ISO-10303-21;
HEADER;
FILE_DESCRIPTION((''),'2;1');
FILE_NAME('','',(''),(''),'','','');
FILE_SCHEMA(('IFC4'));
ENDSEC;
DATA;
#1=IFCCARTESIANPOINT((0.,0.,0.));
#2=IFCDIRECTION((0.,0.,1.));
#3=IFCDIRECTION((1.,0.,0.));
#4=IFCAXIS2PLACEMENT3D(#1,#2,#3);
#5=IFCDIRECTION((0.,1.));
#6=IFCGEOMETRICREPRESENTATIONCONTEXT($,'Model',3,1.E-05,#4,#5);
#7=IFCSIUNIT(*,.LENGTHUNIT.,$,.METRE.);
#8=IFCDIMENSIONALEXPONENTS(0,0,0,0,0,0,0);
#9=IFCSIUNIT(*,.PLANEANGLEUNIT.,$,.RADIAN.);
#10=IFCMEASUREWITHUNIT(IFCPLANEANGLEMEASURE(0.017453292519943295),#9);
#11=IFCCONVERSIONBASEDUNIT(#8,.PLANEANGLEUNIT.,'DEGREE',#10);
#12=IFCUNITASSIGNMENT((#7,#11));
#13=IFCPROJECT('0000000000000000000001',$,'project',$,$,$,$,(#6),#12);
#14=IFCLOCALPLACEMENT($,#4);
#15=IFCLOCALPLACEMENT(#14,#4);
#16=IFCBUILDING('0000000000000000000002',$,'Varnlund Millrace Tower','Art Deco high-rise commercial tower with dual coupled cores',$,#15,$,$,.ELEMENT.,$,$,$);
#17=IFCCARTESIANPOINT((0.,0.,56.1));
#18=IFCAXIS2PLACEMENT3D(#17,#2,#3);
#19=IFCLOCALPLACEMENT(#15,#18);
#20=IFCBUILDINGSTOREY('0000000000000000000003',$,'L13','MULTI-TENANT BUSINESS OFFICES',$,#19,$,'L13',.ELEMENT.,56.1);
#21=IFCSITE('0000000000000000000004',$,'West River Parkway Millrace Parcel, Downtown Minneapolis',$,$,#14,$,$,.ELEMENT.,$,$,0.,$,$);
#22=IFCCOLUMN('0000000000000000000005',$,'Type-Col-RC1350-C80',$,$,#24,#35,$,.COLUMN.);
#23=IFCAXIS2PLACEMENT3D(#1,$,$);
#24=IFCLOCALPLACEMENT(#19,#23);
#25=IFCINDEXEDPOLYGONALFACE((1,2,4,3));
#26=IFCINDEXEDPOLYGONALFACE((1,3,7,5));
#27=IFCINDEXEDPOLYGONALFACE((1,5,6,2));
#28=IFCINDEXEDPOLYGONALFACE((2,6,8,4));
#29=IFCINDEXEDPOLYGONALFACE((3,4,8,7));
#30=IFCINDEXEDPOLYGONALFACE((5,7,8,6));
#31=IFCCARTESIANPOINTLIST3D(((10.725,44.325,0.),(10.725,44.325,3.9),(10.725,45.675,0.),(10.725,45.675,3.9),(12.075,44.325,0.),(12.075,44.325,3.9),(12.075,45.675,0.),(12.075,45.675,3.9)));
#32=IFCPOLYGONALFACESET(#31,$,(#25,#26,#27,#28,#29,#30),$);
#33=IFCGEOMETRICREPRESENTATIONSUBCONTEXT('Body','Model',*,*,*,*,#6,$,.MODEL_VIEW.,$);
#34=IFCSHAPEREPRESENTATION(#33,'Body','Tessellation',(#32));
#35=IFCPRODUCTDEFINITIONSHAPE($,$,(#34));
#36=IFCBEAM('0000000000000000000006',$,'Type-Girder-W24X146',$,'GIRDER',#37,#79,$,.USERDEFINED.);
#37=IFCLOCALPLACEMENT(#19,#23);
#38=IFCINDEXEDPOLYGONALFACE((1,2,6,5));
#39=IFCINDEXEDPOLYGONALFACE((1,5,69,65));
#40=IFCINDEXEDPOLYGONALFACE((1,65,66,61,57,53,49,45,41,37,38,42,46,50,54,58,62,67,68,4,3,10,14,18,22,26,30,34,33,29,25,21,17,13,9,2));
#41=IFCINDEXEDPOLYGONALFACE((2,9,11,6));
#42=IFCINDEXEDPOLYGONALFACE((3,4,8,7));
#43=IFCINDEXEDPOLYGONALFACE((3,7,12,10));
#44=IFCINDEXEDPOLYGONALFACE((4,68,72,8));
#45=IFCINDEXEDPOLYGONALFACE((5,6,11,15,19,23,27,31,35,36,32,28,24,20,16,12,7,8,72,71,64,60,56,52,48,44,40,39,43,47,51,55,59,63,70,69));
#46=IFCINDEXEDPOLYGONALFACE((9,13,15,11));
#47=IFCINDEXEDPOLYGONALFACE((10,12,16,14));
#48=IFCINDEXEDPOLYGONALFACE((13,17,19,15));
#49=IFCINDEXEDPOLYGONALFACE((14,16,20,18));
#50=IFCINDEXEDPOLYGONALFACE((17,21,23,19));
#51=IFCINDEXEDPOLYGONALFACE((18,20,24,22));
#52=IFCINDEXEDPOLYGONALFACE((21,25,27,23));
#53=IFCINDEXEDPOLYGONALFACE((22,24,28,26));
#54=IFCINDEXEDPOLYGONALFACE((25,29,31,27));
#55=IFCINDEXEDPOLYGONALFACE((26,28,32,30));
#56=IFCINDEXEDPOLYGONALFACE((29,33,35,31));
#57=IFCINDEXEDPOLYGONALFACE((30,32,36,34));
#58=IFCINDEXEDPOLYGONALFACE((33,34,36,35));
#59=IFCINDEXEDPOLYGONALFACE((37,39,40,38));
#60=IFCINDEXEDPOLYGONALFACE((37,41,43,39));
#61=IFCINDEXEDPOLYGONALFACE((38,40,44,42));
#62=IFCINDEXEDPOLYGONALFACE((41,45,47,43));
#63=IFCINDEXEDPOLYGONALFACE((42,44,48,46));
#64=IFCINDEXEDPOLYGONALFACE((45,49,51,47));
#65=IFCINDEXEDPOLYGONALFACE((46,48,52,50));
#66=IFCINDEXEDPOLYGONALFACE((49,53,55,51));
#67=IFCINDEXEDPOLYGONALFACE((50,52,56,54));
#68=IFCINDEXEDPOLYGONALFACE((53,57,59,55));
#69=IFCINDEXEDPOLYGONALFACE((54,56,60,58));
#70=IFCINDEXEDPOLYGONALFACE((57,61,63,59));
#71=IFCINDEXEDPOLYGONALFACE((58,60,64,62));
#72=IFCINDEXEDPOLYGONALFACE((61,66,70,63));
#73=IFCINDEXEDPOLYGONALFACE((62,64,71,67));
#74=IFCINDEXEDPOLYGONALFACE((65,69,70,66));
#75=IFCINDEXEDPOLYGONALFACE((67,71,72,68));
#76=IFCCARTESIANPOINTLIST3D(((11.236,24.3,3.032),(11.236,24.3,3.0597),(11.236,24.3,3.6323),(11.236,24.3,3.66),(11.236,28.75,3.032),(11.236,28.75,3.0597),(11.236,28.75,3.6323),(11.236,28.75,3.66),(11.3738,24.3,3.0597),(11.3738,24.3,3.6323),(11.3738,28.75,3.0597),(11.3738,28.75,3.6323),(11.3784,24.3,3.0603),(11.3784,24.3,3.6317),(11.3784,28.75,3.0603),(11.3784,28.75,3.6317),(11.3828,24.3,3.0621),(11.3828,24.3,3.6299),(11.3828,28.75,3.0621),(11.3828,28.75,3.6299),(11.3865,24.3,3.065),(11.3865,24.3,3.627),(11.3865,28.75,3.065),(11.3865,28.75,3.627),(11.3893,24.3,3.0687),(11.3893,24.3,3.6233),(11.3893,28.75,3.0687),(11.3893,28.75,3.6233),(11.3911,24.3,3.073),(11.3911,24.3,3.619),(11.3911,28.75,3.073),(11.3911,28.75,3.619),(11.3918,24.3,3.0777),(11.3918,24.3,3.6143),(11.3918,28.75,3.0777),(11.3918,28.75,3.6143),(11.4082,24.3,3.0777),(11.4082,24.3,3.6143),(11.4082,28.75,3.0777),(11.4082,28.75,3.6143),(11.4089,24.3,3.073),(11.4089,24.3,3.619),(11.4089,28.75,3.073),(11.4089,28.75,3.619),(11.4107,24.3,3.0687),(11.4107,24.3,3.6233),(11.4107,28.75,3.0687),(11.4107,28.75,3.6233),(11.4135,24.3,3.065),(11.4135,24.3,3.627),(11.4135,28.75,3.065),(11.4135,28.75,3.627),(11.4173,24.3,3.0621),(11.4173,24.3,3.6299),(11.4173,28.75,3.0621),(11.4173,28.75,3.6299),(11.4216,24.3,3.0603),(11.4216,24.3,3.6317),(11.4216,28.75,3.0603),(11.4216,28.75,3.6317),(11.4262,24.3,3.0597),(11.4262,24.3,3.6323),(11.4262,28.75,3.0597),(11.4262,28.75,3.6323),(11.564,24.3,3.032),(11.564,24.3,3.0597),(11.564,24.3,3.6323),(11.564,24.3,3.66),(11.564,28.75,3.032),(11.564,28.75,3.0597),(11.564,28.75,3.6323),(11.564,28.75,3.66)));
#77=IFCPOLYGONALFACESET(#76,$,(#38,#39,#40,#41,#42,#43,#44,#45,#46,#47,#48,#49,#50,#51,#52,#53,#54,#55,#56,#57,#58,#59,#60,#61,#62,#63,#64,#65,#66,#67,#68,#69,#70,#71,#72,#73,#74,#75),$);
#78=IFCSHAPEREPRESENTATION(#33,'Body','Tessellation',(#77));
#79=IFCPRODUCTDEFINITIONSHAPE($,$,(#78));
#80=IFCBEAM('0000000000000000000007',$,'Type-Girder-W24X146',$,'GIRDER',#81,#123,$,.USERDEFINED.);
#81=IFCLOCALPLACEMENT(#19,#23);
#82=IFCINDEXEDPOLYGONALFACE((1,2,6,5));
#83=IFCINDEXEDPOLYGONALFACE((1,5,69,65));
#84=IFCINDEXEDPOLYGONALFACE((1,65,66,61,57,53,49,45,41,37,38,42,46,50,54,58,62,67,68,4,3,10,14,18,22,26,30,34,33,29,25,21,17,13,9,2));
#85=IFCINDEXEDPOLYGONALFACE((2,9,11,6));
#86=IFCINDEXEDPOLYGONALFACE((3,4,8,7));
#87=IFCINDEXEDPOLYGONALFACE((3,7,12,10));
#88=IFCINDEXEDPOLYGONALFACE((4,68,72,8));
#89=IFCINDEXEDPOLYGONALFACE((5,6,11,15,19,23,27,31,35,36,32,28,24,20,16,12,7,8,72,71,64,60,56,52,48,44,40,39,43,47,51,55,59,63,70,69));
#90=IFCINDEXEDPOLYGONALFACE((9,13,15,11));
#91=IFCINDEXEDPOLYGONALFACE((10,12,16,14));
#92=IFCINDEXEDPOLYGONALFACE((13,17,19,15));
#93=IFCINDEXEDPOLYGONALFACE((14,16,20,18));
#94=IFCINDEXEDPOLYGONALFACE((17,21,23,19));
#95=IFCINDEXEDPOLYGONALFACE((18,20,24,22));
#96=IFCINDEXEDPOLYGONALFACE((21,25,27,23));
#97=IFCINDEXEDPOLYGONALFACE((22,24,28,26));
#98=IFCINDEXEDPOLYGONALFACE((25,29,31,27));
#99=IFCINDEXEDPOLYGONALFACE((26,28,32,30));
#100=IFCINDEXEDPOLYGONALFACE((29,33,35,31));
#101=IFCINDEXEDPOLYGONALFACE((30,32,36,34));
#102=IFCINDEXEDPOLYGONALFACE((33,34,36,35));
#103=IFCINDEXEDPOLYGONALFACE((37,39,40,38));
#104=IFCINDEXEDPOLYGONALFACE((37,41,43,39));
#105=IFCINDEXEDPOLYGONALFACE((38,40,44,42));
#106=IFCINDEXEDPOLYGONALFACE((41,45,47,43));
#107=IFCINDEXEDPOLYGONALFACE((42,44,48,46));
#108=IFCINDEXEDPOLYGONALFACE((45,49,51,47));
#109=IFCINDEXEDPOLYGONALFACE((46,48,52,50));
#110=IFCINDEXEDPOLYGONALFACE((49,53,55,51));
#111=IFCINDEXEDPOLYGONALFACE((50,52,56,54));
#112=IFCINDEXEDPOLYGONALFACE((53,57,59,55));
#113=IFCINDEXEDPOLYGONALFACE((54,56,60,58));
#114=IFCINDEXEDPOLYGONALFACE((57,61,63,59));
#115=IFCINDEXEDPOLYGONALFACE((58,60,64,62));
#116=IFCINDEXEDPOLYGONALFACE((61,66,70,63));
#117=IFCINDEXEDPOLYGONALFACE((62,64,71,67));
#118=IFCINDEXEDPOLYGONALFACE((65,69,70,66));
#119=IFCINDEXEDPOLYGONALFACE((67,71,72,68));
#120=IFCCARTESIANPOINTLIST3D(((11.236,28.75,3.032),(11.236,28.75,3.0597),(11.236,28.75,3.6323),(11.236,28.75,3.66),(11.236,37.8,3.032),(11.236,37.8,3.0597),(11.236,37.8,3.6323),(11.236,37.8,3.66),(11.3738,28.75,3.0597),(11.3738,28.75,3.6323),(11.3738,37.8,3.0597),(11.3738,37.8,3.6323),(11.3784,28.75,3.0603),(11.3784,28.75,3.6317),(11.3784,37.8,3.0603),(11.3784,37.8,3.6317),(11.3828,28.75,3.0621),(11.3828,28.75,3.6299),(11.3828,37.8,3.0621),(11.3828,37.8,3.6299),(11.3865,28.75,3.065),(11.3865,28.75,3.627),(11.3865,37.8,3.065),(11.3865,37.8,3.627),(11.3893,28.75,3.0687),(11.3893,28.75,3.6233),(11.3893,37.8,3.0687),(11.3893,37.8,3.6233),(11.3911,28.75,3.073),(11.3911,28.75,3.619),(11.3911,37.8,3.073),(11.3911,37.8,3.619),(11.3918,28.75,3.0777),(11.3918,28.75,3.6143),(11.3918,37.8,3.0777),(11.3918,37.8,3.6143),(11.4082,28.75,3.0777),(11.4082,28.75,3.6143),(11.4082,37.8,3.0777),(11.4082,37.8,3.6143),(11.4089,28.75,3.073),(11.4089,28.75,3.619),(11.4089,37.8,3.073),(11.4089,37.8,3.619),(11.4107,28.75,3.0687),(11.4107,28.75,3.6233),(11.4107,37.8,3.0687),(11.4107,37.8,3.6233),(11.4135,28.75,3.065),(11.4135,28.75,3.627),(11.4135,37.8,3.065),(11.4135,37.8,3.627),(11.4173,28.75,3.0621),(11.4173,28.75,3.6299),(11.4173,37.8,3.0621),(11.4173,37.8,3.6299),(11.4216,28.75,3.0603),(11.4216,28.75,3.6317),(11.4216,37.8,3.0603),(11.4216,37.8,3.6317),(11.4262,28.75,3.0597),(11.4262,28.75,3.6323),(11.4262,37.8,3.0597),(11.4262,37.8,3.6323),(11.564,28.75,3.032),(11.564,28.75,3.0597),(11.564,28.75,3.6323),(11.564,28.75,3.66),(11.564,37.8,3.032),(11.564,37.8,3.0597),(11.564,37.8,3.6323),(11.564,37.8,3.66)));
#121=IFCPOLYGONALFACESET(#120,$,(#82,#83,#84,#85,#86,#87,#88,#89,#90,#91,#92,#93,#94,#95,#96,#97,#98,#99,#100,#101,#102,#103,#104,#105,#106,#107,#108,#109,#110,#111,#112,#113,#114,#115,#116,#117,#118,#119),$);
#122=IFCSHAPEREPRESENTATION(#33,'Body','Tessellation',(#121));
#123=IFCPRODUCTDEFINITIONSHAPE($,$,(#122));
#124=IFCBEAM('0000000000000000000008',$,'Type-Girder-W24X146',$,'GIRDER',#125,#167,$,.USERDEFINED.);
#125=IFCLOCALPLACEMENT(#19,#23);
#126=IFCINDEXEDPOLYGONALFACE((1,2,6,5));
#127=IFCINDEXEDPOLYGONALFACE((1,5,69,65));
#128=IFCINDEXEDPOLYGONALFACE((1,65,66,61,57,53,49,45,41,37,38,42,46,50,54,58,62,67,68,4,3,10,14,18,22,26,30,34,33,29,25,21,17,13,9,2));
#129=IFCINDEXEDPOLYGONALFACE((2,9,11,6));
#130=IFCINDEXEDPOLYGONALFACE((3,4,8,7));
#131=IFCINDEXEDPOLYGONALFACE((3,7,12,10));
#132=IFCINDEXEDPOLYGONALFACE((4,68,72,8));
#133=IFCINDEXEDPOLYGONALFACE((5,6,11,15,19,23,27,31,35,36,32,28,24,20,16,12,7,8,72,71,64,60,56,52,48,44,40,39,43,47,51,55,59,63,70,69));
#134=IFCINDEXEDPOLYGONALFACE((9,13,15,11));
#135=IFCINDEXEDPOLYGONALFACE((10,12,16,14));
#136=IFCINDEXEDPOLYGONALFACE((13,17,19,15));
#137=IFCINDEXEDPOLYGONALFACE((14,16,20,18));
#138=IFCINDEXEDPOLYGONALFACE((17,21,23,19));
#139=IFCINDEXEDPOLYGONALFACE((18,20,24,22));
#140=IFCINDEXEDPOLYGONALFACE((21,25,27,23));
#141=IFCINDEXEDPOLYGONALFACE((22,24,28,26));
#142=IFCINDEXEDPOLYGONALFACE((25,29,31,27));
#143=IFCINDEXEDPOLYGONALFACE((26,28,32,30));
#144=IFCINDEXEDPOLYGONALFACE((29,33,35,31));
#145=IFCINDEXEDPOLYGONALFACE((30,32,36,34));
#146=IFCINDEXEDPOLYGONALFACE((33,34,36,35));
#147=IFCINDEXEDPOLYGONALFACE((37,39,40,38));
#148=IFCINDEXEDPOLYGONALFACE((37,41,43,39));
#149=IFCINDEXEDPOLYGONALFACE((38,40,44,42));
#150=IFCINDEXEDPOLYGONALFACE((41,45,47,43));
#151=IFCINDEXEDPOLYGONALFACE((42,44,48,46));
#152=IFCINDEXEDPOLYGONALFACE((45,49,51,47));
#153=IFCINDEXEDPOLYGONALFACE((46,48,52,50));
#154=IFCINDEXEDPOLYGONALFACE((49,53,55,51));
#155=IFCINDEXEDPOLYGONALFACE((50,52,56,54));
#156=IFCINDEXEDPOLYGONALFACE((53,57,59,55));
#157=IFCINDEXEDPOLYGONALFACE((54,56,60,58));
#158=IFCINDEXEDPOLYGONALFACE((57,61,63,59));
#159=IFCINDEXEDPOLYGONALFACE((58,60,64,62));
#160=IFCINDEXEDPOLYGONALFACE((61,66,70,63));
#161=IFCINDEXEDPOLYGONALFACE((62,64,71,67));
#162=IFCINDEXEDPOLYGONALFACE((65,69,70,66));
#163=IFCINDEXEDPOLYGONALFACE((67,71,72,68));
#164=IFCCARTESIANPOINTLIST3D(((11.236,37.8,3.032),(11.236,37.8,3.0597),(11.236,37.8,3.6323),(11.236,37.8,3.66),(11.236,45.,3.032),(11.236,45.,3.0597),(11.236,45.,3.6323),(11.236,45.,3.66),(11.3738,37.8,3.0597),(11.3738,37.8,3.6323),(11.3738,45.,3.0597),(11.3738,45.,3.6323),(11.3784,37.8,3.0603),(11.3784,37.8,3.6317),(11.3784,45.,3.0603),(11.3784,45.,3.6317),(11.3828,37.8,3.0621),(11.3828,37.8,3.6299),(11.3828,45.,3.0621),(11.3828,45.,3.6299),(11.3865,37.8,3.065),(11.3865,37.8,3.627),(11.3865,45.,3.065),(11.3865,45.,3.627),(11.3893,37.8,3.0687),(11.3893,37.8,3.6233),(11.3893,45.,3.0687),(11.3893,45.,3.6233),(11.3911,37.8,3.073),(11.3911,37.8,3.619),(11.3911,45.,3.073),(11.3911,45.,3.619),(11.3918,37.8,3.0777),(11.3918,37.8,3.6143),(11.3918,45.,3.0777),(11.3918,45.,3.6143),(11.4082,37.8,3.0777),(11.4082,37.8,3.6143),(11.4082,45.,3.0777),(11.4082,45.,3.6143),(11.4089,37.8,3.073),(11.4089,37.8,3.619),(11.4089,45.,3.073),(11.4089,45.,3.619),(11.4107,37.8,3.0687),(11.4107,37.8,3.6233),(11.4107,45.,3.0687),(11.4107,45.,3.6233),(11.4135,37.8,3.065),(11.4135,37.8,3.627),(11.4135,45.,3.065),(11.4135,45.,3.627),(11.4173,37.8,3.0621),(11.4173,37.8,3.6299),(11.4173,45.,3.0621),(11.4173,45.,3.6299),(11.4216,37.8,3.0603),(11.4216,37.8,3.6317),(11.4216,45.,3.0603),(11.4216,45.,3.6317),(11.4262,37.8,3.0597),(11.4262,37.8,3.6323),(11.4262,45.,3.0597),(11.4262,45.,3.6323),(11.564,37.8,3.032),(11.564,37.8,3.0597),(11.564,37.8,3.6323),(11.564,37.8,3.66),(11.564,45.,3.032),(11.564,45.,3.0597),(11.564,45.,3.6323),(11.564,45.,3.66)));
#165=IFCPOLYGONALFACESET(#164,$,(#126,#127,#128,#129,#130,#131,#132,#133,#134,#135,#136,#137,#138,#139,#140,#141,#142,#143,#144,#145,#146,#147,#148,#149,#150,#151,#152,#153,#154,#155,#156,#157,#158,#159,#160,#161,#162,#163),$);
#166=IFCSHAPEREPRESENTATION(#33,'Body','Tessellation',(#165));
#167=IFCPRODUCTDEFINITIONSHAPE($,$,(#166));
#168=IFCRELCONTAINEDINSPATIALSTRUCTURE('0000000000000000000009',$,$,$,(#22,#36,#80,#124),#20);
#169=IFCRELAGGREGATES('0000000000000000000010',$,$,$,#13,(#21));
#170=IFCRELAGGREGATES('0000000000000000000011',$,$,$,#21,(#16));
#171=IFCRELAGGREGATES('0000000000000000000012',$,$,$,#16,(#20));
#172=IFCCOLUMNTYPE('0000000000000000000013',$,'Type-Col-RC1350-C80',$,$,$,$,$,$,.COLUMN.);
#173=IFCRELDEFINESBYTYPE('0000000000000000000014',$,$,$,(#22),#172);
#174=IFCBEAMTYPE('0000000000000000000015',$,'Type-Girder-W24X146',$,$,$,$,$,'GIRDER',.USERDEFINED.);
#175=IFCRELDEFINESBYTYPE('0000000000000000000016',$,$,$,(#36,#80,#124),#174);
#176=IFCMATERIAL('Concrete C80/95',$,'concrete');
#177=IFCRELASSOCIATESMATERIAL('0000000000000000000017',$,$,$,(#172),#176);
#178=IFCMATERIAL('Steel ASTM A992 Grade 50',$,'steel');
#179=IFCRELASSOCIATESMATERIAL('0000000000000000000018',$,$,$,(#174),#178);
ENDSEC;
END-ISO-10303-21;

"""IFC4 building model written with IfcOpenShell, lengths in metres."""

from ifc_helpers import new_model, entity, si_unit, converted_unit, direction, frame, origin_with_axes, origin_2d_with_axis, place, context, subcontext, project, spatial, rectangle, i_section, extrude, material, material_profile, profile_set, type_object, element, save


model = new_model("IFC4")

# Units and contexts
model_context = context("Model", 3, precision=1e-05, world=origin_with_axes(), true_north=direction((0.0, 1.0)))
body_context = subcontext(model_context, "Body", "Model", "MODEL_VIEW")
ifc_project = project(units=[si_unit("LENGTHUNIT", "METRE"), converted_unit("PLANEANGLEUNIT", "DEGREE", entity("IfcPlaneAngleMeasure", 0.017453292519943295), si_unit("PLANEANGLEUNIT", "RADIAN"), dimensions=[0, 0, 0, 0, 0, 0, 0])], contexts=[model_context])

# Site, building, storey
site_placement = place(None, origin_with_axes())
site = spatial("IfcSite", under=ifc_project, at=site_placement, Name="West River Parkway Millrace Parcel, Downtown Minneapolis", CompositionType="ELEMENT", RefElevation=0.0)
building_placement = place(site_placement, origin_with_axes())
building = spatial("IfcBuilding", under=site, at=building_placement, Name="Varnlund Millrace Tower", Description="Art Deco high-rise commercial tower with dual coupled cores", CompositionType="ELEMENT")
storey_placement = place(building_placement, frame((0.0, 0.0, 56.1), z_axis=(0.0, 0.0, 1.0), x_axis=(1.0, 0.0, 0.0)))
storey = spatial("IfcBuildingStorey", under=building, at=storey_placement, Name="L13", Description="MULTI-TENANT BUSINESS OFFICES", LongName="L13", CompositionType="ELEMENT", Elevation=56.1)

# Column
ifc_material_1 = material(Name="Concrete C80/95", Category="concrete")
ifc_material_profile_1 = material_profile(ifc_material_1, rectangle(XDim=1.35, YDim=1.35, at=origin_2d_with_axis()), Name="Concrete C80/95")
ifc_profile_set_1 = profile_set([ifc_material_profile_1], Name="Concrete C80/95")
column_type = type_object("IfcColumnType", Name="Type-Col-RC1350-C80", PredefinedType="COLUMN", material=ifc_profile_set_1)
column_placement = place(storey_placement, frame((11.4, 45.0, 0.0), z_axis=(0.0, 0.0, 1.0), x_axis=(1.0, 0.0, 0.0)))
element("IfcColumn", 1, at=column_placement, inside=storey, type_object=column_type, Name="Type-Col-RC1350-C80", PredefinedType="COLUMN", context=body_context, shape_type="SweptSolid", body=[
    extrude(rectangle(XDim=1.35, YDim=1.35, at=origin_2d_with_axis()), origin_with_axes(), (0.0, 0.0, 1.0), 3.9),
])

# Beams
ifc_material_2 = material(Name="Steel ASTM A992 Grade 50", Category="steel")
ifc_material_profile_2 = material_profile(ifc_material_2, i_section(OverallWidth=0.328, OverallDepth=0.628, WebThickness=0.0165, FlangeThickness=0.0277, FilletRadius=0.018, at=origin_2d_with_axis()), Name="Steel ASTM A992 Grade 50")
ifc_profile_set_2 = profile_set([ifc_material_profile_2], Name="Steel ASTM A992 Grade 50")
beam_type_1 = type_object("IfcBeamType", Name="Type-Girder-W24X146", ElementType="GIRDER", PredefinedType="USERDEFINED", material=ifc_profile_set_2)
beam_1_placement = place(storey_placement, frame((11.4, 24.3, 3.346), z_axis=(0.0, 1.0, 0.0), x_axis=(-1.0, 0.0, 0.0)))
element("IfcBeam", 2, at=beam_1_placement, inside=storey, type_object=beam_type_1, Name="Type-Girder-W24X146", ObjectType="GIRDER", PredefinedType="USERDEFINED", context=body_context, shape_type="SweptSolid", body=[
    extrude(i_section(OverallWidth=0.328, OverallDepth=0.628, WebThickness=0.0165, FlangeThickness=0.0277, FilletRadius=0.018, at=origin_2d_with_axis()), origin_with_axes(), (0.0, 0.0, 1.0), 4.45),
])
beam_2_placement = place(storey_placement, frame((11.4, 28.75, 3.346), z_axis=(0.0, 1.0, 0.0), x_axis=(-1.0, 0.0, 0.0)))
element("IfcBeam", 3, at=beam_2_placement, inside=storey, type_object=beam_type_1, Name="Type-Girder-W24X146", ObjectType="GIRDER", PredefinedType="USERDEFINED", context=body_context, shape_type="SweptSolid", body=[
    extrude(i_section(OverallWidth=0.328, OverallDepth=0.628, WebThickness=0.0165, FlangeThickness=0.0277, FilletRadius=0.018, at=origin_2d_with_axis()), origin_with_axes(), (0.0, 0.0, 1.0), 9.05),
])
beam_3_placement = place(storey_placement, frame((11.4, 37.8, 3.346), z_axis=(0.0, 1.0, 0.0), x_axis=(-1.0, 0.0, 0.0)))
element("IfcBeam", 4, at=beam_3_placement, inside=storey, type_object=beam_type_1, Name="Type-Girder-W24X146", ObjectType="GIRDER", PredefinedType="USERDEFINED", context=body_context, shape_type="SweptSolid", body=[
    extrude(i_section(OverallWidth=0.328, OverallDepth=0.628, WebThickness=0.0165, FlangeThickness=0.0277, FilletRadius=0.018, at=origin_2d_with_axis()), origin_with_axes(), (0.0, 0.0, 1.0), 7.2),
])

save(model, "model.ifc")
